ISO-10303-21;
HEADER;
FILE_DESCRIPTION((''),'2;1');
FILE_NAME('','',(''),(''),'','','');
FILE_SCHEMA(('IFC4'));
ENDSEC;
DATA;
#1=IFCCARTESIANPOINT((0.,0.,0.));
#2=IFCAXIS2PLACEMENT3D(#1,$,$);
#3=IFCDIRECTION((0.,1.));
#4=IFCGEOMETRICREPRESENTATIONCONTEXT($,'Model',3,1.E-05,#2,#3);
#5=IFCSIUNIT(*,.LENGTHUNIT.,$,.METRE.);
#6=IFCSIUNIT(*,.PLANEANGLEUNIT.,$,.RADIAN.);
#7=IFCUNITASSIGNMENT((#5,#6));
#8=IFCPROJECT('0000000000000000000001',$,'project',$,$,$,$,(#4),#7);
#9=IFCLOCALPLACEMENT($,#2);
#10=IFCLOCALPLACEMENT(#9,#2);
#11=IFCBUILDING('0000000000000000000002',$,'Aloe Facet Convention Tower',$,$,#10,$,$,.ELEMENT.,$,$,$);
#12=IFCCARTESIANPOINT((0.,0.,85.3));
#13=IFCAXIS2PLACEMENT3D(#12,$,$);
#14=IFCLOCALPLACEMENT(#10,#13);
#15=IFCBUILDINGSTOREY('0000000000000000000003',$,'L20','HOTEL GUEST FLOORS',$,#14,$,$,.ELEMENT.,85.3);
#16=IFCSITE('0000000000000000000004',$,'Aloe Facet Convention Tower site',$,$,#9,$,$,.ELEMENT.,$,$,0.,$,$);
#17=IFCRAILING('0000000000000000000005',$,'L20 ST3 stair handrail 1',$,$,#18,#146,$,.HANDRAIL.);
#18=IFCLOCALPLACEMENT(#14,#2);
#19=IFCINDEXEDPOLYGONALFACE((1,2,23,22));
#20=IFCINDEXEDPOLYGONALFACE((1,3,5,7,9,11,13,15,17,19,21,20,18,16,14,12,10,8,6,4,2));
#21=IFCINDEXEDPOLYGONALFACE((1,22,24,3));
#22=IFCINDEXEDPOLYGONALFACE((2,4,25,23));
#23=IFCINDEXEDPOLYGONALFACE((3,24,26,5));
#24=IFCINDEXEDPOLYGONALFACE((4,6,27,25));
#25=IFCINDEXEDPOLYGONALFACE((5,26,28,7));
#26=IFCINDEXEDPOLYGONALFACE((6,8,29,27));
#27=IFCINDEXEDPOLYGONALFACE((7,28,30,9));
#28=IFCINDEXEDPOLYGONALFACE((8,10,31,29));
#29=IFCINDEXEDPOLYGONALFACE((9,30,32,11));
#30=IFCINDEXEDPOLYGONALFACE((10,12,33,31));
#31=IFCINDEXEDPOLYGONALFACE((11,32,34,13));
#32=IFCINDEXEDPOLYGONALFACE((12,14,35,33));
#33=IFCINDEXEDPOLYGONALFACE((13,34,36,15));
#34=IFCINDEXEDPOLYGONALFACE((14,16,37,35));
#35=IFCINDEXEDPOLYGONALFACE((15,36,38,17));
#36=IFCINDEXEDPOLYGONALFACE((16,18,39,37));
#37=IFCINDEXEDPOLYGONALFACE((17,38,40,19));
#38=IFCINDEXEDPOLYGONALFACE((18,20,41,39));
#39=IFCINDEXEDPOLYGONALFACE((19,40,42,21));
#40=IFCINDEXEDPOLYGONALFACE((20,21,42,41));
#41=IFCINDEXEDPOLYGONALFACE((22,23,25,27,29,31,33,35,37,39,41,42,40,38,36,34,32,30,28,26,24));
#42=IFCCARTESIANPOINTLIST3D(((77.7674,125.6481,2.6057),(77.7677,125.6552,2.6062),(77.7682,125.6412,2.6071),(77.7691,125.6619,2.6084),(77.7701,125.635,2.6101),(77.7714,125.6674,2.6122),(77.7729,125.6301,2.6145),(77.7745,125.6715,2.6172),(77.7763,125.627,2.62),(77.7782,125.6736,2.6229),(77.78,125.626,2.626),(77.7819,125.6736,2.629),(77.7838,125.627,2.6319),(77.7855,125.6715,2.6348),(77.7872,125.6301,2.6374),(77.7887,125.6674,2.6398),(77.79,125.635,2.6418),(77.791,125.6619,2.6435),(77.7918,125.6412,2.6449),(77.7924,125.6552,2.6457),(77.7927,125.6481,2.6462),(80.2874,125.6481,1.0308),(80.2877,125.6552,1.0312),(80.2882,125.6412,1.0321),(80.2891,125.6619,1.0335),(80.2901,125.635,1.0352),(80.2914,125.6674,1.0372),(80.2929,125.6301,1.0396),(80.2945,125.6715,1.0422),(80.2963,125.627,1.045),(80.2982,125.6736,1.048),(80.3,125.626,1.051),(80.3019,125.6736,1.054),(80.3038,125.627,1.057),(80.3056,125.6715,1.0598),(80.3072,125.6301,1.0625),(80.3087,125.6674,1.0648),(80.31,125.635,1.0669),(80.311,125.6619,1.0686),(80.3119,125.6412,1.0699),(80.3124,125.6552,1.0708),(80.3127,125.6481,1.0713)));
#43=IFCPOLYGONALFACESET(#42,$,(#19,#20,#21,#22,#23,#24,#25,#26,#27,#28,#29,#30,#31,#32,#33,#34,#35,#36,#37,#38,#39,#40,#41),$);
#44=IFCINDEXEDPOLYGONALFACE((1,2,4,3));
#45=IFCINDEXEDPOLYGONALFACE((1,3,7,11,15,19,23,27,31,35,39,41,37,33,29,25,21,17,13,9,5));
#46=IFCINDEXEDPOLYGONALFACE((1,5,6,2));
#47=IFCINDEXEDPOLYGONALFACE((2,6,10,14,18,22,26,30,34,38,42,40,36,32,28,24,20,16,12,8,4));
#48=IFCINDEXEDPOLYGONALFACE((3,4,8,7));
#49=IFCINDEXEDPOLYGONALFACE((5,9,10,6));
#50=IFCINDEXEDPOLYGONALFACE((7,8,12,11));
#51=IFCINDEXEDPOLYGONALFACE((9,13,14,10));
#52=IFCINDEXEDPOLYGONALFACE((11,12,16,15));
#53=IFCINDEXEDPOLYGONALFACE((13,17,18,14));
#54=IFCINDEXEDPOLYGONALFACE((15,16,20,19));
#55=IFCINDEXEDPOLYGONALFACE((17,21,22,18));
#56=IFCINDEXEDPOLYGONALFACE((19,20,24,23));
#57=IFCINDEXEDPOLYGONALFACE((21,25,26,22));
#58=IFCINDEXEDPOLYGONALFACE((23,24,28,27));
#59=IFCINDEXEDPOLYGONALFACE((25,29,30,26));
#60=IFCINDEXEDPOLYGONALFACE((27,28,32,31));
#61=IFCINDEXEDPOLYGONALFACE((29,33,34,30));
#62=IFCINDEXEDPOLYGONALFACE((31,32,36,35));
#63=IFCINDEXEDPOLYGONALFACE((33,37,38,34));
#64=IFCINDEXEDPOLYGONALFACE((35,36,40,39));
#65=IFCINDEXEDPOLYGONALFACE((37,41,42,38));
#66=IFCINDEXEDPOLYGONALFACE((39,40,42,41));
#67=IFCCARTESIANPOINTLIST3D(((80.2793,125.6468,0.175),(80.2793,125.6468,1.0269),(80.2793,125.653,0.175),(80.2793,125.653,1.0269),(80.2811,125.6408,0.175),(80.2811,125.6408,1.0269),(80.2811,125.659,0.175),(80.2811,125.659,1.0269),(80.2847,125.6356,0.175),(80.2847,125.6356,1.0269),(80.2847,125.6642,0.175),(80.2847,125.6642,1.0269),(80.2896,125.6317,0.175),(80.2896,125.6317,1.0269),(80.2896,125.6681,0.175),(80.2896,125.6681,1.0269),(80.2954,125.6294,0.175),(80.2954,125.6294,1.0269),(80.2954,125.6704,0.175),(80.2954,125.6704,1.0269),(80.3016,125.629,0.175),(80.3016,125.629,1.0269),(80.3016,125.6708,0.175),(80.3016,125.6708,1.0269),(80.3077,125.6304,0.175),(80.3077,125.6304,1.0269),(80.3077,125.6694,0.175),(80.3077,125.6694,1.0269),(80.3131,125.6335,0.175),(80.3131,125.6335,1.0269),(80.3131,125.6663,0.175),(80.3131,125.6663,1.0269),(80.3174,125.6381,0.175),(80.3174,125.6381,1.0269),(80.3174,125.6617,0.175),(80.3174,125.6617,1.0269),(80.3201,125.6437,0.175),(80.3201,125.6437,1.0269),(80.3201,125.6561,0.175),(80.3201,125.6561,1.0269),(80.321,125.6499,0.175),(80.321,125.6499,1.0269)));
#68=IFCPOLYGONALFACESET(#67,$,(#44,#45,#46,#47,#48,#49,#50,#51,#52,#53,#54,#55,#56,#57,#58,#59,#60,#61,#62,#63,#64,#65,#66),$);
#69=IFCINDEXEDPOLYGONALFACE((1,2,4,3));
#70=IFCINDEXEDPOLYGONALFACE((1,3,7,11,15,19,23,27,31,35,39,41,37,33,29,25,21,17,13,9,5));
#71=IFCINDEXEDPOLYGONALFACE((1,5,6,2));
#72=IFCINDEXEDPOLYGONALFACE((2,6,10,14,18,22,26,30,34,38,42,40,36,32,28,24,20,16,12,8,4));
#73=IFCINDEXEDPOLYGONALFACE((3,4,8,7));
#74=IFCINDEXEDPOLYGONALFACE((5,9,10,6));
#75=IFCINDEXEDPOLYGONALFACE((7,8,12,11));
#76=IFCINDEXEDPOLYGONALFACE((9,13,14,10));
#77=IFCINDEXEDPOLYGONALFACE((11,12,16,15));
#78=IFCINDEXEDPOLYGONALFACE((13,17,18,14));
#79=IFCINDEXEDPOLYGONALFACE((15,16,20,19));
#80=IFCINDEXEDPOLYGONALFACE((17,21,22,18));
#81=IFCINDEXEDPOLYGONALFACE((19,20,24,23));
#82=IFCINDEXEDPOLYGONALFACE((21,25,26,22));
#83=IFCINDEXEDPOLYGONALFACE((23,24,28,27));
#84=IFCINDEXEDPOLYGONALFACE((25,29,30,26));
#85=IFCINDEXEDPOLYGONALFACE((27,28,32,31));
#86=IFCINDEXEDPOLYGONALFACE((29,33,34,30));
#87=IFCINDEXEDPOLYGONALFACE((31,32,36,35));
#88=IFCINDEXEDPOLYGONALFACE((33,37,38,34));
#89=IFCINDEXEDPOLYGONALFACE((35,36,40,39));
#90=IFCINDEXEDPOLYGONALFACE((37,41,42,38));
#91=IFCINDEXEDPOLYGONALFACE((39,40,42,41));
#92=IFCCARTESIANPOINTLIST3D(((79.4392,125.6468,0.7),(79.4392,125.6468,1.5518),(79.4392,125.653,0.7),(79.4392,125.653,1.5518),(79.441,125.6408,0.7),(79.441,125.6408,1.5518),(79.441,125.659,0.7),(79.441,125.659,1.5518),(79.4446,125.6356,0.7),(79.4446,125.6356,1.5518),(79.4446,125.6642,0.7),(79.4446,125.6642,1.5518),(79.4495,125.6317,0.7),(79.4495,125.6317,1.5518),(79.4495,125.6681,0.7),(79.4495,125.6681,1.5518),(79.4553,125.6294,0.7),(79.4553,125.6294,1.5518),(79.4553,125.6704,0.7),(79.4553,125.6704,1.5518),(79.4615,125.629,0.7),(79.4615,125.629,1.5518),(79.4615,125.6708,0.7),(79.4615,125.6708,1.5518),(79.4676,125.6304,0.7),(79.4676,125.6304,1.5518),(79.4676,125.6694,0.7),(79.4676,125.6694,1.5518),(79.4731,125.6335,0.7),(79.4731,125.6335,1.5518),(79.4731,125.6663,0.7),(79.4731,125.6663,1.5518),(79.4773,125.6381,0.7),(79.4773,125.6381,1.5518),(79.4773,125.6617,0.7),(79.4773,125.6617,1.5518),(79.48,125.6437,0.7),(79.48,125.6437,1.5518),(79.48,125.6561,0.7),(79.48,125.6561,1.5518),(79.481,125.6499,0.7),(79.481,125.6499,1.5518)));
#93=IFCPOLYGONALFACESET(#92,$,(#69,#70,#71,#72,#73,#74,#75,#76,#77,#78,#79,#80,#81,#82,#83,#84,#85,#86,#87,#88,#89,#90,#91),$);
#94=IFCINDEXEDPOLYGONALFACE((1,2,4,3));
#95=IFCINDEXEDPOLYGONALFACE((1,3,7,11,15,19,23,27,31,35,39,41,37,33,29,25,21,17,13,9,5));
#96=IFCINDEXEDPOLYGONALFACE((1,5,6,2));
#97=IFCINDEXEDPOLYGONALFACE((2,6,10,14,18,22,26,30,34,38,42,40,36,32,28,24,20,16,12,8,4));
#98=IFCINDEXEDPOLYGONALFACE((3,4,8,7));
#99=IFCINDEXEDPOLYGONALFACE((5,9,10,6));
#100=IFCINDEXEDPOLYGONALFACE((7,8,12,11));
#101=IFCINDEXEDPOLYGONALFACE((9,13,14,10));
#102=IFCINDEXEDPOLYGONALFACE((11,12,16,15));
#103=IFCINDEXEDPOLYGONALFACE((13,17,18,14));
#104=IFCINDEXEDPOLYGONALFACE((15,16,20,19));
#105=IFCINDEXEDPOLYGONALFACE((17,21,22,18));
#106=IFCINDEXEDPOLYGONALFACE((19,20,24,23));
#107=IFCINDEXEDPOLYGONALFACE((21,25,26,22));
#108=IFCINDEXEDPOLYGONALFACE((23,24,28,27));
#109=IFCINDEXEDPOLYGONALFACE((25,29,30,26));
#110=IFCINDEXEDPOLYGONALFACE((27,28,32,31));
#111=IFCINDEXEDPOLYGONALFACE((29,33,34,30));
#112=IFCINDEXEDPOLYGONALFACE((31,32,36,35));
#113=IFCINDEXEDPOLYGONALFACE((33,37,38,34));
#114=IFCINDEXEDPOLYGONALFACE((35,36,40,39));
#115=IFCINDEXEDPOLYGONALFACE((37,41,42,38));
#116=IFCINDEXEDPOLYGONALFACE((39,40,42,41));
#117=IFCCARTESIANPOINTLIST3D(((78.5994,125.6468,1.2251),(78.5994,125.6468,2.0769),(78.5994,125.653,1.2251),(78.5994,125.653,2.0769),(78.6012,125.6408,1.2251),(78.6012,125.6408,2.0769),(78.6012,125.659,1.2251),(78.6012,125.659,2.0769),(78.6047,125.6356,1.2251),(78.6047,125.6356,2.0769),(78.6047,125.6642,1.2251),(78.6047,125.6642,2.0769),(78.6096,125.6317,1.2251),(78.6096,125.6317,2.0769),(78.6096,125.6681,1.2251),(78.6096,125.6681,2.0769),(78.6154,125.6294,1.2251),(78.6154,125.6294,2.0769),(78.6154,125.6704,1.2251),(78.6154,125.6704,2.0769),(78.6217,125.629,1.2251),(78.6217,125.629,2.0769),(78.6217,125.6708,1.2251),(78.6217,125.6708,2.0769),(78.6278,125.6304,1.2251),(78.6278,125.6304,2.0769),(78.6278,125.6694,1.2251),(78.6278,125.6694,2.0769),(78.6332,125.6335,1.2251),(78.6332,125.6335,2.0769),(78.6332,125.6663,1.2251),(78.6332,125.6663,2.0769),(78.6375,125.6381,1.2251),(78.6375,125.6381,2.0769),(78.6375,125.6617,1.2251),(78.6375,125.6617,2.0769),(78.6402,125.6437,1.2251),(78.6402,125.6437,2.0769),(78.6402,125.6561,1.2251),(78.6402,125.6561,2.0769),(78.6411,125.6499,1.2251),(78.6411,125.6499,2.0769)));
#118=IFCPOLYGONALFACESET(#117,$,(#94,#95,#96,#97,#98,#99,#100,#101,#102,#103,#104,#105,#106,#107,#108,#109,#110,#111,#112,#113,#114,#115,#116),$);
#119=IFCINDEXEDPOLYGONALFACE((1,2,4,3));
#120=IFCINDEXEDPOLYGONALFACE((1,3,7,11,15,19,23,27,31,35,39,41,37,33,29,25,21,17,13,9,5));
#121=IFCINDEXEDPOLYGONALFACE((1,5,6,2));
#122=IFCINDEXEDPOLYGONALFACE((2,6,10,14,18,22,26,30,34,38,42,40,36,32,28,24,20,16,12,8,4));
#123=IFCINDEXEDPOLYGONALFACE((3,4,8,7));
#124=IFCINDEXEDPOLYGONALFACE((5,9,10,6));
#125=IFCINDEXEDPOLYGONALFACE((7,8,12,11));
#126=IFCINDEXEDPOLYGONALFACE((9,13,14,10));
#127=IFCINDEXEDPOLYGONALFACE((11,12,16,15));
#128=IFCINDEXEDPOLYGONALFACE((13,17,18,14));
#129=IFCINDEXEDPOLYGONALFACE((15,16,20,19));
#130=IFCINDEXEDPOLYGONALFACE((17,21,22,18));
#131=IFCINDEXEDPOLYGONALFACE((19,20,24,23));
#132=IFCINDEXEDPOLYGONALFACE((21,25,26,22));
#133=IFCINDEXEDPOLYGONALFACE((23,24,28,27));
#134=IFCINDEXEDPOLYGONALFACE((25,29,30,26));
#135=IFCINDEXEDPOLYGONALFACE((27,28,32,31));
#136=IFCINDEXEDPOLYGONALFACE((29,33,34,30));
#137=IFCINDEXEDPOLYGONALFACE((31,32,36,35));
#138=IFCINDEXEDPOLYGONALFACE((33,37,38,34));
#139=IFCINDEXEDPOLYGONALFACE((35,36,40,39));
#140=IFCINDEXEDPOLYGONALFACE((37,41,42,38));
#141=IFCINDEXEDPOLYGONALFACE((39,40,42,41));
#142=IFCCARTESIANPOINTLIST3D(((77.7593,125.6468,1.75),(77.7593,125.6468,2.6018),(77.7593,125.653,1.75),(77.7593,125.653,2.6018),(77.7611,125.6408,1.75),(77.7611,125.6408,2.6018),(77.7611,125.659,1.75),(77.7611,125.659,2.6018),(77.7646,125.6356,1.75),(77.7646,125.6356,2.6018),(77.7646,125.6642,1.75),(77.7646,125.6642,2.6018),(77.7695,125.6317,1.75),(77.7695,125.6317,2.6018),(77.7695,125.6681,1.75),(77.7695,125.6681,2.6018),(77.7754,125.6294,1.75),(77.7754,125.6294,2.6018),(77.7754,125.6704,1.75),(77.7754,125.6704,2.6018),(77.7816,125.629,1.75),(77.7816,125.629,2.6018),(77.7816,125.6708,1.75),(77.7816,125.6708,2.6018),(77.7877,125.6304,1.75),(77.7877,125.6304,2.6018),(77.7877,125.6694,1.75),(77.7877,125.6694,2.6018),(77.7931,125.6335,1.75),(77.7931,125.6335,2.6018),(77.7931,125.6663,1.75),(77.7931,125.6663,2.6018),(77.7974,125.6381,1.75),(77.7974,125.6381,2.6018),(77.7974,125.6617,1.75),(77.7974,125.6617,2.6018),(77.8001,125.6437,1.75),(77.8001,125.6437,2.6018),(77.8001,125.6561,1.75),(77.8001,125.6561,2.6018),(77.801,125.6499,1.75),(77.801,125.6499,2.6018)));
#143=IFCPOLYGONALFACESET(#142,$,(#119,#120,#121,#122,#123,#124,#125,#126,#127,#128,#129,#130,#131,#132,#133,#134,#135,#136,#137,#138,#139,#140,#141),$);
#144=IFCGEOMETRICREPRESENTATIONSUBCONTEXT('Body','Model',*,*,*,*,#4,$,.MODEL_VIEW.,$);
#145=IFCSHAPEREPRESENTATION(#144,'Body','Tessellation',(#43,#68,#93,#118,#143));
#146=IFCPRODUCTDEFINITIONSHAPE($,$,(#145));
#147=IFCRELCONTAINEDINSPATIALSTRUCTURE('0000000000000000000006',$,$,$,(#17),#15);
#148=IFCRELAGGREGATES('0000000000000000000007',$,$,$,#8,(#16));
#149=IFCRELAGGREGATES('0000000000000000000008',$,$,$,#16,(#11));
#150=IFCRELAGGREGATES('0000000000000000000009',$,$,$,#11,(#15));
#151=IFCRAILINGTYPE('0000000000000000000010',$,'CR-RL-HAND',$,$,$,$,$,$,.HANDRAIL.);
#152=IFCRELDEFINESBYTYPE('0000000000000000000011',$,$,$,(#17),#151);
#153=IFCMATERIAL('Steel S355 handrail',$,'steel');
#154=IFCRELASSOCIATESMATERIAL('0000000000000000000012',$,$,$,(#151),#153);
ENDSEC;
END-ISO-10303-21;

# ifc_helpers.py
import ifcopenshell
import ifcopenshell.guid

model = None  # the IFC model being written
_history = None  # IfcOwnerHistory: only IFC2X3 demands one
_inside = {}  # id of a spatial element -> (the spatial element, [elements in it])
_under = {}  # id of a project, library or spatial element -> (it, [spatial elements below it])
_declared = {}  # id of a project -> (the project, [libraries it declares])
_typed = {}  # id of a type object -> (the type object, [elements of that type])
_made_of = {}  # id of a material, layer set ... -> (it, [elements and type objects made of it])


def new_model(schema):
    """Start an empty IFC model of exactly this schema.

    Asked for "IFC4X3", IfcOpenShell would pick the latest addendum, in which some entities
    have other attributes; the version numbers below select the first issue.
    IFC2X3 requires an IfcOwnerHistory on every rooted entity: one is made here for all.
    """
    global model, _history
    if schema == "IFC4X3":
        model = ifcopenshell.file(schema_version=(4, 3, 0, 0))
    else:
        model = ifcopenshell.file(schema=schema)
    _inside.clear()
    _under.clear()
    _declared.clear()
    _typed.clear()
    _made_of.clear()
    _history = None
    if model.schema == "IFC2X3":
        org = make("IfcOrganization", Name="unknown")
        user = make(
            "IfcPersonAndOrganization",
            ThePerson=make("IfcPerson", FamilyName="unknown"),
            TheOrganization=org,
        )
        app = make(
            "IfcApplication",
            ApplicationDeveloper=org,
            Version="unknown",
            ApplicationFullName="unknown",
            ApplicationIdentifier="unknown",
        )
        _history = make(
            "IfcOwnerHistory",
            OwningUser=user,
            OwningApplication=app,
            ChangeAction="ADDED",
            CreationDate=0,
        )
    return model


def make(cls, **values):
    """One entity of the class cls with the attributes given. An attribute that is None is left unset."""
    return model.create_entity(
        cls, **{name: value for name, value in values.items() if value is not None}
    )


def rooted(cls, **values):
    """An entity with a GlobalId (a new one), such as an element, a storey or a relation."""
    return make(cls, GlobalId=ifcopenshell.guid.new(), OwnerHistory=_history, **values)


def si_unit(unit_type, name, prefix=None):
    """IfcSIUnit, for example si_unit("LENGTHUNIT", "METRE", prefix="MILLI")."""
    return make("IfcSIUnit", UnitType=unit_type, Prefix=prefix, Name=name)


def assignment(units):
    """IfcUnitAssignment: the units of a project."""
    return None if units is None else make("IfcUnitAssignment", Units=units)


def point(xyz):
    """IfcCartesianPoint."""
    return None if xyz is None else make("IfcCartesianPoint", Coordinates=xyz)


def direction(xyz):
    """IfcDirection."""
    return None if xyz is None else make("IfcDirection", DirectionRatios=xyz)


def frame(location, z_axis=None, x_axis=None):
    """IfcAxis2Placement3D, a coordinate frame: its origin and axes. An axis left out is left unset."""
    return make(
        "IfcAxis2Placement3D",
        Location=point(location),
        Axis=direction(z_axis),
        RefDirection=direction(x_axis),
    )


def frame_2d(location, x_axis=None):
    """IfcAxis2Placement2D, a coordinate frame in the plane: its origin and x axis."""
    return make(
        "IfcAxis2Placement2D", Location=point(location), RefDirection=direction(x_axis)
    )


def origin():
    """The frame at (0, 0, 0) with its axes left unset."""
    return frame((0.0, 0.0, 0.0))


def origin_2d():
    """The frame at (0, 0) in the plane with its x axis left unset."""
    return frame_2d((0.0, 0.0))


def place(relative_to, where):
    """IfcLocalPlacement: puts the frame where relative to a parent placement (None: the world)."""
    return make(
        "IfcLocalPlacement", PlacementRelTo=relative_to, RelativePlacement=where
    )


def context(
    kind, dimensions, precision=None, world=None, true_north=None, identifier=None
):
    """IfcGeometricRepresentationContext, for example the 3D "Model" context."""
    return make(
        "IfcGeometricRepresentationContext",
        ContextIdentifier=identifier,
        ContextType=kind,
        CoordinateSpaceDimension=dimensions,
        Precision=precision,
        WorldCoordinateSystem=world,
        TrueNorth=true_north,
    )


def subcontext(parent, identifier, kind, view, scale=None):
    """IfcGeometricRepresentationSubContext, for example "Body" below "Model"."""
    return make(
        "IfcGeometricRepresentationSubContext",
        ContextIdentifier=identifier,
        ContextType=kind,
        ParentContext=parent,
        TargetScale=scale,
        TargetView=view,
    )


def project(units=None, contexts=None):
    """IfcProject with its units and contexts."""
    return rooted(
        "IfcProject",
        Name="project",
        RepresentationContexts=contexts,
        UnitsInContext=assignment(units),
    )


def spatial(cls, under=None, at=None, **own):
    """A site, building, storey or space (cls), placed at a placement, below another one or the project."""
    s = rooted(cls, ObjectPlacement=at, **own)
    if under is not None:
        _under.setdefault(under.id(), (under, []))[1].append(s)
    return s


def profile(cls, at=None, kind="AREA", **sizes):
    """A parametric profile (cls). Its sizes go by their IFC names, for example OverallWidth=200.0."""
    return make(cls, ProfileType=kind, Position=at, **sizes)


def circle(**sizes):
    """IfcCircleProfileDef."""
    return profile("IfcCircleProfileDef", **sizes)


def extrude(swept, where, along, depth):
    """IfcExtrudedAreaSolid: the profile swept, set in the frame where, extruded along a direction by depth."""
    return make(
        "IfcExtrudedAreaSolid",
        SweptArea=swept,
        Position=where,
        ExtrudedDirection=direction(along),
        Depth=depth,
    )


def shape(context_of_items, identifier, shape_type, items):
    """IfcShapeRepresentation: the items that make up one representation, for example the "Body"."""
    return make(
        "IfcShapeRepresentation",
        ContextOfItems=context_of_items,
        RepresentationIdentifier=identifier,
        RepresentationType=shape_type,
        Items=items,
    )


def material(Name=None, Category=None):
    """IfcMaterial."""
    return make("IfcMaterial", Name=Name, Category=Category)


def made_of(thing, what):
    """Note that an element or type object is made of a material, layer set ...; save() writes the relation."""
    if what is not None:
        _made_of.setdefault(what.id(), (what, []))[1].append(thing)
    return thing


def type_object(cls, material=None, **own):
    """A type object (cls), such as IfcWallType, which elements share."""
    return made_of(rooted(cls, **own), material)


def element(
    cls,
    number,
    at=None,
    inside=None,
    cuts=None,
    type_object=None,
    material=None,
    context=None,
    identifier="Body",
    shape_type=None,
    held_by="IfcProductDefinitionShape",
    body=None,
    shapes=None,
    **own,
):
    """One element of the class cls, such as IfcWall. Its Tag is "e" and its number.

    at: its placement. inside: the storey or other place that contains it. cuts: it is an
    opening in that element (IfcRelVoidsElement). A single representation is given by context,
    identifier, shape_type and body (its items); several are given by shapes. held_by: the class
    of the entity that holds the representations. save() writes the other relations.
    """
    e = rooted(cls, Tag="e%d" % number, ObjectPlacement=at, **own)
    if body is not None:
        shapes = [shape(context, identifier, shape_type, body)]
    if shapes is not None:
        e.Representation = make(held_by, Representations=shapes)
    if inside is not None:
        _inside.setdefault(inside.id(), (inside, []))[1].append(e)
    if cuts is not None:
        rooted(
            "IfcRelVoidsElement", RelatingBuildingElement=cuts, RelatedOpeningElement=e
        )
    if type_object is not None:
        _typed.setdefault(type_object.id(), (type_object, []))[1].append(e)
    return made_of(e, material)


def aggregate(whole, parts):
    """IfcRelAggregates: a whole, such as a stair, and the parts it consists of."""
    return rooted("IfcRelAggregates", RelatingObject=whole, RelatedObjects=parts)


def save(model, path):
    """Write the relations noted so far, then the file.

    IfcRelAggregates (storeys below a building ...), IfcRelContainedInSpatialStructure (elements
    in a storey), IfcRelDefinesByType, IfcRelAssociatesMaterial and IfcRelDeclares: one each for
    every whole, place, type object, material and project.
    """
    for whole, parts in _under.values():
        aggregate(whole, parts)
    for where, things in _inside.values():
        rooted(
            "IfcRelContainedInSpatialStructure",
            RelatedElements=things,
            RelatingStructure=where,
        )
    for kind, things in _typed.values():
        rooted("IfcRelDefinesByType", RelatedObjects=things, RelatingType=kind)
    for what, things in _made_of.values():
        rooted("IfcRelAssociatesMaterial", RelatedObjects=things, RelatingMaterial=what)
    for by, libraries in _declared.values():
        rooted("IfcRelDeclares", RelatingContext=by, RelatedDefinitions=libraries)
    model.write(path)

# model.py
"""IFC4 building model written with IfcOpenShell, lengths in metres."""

from ifc_helpers import new_model, si_unit, direction, frame, origin, origin_2d, place, context, subcontext, project, spatial, circle, extrude, material, type_object, element, save


model = new_model("IFC4")

# Units and contexts
model_context = context("Model", 3, precision=1e-05, world=origin(), true_north=direction((0.0, 1.0)))
body_context = subcontext(model_context, "Body", "Model", "MODEL_VIEW")
ifc_project = project(units=[si_unit("LENGTHUNIT", "METRE"), si_unit("PLANEANGLEUNIT", "RADIAN")], contexts=[model_context])

# Site, building, storey
site_placement = place(None, origin())
site = spatial("IfcSite", under=ifc_project, at=site_placement, Name="Aloe Facet Convention Tower site", CompositionType="ELEMENT", RefElevation=0.0)
building_placement = place(site_placement, origin())
building = spatial("IfcBuilding", under=site, at=building_placement, Name="Aloe Facet Convention Tower", CompositionType="ELEMENT")
storey_placement = place(building_placement, frame((0.0, 0.0, 85.3)))
storey = spatial("IfcBuildingStorey", under=building, at=storey_placement, Name="L20", Description="HOTEL GUEST FLOORS", CompositionType="ELEMENT", Elevation=85.3)

# Railing
ifc_material_1 = material(Name="Steel S355 handrail", Category="steel")
railing_type_1 = type_object("IfcRailingType", Name="CR-RL-HAND", PredefinedType="HANDRAIL", material=ifc_material_1)
railing_1_placement = place(storey_placement, frame((80.3, 125.6499, 0.175)))
element("IfcRailing", 1, at=railing_1_placement, inside=storey, type_object=railing_type_1, Name="L20 ST3 stair handrail 1", PredefinedType="HANDRAIL", context=body_context, shape_type="SweptSolid", body=[
    extrude(circle(Radius=0.0239, at=origin_2d()), frame((0.0, 0.0, 0.876), z_axis=(-0.848008, 0.0, 0.529984), x_axis=(0.0, -1.0, 0.0)), (0.0, 0.0, 1.0), 2.9717),
    extrude(circle(Radius=0.021, at=origin_2d()), origin(), (0.0, 0.0, 1.0), 0.8518),
    extrude(circle(Radius=0.021, at=origin_2d()), frame((-0.8401, 0.0, 0.5249)), (0.0, 0.0, 1.0), 0.8518),
    extrude(circle(Radius=0.021, at=origin_2d()), frame((-1.6799, 0.0, 1.05)), (0.0, 0.0, 1.0), 0.8518),
    extrude(circle(Radius=0.021, at=origin_2d()), frame((-2.52, 0.0, 1.575)), (0.0, 0.0, 1.0), 0.8518),
])

save(model, "model.ifc")
